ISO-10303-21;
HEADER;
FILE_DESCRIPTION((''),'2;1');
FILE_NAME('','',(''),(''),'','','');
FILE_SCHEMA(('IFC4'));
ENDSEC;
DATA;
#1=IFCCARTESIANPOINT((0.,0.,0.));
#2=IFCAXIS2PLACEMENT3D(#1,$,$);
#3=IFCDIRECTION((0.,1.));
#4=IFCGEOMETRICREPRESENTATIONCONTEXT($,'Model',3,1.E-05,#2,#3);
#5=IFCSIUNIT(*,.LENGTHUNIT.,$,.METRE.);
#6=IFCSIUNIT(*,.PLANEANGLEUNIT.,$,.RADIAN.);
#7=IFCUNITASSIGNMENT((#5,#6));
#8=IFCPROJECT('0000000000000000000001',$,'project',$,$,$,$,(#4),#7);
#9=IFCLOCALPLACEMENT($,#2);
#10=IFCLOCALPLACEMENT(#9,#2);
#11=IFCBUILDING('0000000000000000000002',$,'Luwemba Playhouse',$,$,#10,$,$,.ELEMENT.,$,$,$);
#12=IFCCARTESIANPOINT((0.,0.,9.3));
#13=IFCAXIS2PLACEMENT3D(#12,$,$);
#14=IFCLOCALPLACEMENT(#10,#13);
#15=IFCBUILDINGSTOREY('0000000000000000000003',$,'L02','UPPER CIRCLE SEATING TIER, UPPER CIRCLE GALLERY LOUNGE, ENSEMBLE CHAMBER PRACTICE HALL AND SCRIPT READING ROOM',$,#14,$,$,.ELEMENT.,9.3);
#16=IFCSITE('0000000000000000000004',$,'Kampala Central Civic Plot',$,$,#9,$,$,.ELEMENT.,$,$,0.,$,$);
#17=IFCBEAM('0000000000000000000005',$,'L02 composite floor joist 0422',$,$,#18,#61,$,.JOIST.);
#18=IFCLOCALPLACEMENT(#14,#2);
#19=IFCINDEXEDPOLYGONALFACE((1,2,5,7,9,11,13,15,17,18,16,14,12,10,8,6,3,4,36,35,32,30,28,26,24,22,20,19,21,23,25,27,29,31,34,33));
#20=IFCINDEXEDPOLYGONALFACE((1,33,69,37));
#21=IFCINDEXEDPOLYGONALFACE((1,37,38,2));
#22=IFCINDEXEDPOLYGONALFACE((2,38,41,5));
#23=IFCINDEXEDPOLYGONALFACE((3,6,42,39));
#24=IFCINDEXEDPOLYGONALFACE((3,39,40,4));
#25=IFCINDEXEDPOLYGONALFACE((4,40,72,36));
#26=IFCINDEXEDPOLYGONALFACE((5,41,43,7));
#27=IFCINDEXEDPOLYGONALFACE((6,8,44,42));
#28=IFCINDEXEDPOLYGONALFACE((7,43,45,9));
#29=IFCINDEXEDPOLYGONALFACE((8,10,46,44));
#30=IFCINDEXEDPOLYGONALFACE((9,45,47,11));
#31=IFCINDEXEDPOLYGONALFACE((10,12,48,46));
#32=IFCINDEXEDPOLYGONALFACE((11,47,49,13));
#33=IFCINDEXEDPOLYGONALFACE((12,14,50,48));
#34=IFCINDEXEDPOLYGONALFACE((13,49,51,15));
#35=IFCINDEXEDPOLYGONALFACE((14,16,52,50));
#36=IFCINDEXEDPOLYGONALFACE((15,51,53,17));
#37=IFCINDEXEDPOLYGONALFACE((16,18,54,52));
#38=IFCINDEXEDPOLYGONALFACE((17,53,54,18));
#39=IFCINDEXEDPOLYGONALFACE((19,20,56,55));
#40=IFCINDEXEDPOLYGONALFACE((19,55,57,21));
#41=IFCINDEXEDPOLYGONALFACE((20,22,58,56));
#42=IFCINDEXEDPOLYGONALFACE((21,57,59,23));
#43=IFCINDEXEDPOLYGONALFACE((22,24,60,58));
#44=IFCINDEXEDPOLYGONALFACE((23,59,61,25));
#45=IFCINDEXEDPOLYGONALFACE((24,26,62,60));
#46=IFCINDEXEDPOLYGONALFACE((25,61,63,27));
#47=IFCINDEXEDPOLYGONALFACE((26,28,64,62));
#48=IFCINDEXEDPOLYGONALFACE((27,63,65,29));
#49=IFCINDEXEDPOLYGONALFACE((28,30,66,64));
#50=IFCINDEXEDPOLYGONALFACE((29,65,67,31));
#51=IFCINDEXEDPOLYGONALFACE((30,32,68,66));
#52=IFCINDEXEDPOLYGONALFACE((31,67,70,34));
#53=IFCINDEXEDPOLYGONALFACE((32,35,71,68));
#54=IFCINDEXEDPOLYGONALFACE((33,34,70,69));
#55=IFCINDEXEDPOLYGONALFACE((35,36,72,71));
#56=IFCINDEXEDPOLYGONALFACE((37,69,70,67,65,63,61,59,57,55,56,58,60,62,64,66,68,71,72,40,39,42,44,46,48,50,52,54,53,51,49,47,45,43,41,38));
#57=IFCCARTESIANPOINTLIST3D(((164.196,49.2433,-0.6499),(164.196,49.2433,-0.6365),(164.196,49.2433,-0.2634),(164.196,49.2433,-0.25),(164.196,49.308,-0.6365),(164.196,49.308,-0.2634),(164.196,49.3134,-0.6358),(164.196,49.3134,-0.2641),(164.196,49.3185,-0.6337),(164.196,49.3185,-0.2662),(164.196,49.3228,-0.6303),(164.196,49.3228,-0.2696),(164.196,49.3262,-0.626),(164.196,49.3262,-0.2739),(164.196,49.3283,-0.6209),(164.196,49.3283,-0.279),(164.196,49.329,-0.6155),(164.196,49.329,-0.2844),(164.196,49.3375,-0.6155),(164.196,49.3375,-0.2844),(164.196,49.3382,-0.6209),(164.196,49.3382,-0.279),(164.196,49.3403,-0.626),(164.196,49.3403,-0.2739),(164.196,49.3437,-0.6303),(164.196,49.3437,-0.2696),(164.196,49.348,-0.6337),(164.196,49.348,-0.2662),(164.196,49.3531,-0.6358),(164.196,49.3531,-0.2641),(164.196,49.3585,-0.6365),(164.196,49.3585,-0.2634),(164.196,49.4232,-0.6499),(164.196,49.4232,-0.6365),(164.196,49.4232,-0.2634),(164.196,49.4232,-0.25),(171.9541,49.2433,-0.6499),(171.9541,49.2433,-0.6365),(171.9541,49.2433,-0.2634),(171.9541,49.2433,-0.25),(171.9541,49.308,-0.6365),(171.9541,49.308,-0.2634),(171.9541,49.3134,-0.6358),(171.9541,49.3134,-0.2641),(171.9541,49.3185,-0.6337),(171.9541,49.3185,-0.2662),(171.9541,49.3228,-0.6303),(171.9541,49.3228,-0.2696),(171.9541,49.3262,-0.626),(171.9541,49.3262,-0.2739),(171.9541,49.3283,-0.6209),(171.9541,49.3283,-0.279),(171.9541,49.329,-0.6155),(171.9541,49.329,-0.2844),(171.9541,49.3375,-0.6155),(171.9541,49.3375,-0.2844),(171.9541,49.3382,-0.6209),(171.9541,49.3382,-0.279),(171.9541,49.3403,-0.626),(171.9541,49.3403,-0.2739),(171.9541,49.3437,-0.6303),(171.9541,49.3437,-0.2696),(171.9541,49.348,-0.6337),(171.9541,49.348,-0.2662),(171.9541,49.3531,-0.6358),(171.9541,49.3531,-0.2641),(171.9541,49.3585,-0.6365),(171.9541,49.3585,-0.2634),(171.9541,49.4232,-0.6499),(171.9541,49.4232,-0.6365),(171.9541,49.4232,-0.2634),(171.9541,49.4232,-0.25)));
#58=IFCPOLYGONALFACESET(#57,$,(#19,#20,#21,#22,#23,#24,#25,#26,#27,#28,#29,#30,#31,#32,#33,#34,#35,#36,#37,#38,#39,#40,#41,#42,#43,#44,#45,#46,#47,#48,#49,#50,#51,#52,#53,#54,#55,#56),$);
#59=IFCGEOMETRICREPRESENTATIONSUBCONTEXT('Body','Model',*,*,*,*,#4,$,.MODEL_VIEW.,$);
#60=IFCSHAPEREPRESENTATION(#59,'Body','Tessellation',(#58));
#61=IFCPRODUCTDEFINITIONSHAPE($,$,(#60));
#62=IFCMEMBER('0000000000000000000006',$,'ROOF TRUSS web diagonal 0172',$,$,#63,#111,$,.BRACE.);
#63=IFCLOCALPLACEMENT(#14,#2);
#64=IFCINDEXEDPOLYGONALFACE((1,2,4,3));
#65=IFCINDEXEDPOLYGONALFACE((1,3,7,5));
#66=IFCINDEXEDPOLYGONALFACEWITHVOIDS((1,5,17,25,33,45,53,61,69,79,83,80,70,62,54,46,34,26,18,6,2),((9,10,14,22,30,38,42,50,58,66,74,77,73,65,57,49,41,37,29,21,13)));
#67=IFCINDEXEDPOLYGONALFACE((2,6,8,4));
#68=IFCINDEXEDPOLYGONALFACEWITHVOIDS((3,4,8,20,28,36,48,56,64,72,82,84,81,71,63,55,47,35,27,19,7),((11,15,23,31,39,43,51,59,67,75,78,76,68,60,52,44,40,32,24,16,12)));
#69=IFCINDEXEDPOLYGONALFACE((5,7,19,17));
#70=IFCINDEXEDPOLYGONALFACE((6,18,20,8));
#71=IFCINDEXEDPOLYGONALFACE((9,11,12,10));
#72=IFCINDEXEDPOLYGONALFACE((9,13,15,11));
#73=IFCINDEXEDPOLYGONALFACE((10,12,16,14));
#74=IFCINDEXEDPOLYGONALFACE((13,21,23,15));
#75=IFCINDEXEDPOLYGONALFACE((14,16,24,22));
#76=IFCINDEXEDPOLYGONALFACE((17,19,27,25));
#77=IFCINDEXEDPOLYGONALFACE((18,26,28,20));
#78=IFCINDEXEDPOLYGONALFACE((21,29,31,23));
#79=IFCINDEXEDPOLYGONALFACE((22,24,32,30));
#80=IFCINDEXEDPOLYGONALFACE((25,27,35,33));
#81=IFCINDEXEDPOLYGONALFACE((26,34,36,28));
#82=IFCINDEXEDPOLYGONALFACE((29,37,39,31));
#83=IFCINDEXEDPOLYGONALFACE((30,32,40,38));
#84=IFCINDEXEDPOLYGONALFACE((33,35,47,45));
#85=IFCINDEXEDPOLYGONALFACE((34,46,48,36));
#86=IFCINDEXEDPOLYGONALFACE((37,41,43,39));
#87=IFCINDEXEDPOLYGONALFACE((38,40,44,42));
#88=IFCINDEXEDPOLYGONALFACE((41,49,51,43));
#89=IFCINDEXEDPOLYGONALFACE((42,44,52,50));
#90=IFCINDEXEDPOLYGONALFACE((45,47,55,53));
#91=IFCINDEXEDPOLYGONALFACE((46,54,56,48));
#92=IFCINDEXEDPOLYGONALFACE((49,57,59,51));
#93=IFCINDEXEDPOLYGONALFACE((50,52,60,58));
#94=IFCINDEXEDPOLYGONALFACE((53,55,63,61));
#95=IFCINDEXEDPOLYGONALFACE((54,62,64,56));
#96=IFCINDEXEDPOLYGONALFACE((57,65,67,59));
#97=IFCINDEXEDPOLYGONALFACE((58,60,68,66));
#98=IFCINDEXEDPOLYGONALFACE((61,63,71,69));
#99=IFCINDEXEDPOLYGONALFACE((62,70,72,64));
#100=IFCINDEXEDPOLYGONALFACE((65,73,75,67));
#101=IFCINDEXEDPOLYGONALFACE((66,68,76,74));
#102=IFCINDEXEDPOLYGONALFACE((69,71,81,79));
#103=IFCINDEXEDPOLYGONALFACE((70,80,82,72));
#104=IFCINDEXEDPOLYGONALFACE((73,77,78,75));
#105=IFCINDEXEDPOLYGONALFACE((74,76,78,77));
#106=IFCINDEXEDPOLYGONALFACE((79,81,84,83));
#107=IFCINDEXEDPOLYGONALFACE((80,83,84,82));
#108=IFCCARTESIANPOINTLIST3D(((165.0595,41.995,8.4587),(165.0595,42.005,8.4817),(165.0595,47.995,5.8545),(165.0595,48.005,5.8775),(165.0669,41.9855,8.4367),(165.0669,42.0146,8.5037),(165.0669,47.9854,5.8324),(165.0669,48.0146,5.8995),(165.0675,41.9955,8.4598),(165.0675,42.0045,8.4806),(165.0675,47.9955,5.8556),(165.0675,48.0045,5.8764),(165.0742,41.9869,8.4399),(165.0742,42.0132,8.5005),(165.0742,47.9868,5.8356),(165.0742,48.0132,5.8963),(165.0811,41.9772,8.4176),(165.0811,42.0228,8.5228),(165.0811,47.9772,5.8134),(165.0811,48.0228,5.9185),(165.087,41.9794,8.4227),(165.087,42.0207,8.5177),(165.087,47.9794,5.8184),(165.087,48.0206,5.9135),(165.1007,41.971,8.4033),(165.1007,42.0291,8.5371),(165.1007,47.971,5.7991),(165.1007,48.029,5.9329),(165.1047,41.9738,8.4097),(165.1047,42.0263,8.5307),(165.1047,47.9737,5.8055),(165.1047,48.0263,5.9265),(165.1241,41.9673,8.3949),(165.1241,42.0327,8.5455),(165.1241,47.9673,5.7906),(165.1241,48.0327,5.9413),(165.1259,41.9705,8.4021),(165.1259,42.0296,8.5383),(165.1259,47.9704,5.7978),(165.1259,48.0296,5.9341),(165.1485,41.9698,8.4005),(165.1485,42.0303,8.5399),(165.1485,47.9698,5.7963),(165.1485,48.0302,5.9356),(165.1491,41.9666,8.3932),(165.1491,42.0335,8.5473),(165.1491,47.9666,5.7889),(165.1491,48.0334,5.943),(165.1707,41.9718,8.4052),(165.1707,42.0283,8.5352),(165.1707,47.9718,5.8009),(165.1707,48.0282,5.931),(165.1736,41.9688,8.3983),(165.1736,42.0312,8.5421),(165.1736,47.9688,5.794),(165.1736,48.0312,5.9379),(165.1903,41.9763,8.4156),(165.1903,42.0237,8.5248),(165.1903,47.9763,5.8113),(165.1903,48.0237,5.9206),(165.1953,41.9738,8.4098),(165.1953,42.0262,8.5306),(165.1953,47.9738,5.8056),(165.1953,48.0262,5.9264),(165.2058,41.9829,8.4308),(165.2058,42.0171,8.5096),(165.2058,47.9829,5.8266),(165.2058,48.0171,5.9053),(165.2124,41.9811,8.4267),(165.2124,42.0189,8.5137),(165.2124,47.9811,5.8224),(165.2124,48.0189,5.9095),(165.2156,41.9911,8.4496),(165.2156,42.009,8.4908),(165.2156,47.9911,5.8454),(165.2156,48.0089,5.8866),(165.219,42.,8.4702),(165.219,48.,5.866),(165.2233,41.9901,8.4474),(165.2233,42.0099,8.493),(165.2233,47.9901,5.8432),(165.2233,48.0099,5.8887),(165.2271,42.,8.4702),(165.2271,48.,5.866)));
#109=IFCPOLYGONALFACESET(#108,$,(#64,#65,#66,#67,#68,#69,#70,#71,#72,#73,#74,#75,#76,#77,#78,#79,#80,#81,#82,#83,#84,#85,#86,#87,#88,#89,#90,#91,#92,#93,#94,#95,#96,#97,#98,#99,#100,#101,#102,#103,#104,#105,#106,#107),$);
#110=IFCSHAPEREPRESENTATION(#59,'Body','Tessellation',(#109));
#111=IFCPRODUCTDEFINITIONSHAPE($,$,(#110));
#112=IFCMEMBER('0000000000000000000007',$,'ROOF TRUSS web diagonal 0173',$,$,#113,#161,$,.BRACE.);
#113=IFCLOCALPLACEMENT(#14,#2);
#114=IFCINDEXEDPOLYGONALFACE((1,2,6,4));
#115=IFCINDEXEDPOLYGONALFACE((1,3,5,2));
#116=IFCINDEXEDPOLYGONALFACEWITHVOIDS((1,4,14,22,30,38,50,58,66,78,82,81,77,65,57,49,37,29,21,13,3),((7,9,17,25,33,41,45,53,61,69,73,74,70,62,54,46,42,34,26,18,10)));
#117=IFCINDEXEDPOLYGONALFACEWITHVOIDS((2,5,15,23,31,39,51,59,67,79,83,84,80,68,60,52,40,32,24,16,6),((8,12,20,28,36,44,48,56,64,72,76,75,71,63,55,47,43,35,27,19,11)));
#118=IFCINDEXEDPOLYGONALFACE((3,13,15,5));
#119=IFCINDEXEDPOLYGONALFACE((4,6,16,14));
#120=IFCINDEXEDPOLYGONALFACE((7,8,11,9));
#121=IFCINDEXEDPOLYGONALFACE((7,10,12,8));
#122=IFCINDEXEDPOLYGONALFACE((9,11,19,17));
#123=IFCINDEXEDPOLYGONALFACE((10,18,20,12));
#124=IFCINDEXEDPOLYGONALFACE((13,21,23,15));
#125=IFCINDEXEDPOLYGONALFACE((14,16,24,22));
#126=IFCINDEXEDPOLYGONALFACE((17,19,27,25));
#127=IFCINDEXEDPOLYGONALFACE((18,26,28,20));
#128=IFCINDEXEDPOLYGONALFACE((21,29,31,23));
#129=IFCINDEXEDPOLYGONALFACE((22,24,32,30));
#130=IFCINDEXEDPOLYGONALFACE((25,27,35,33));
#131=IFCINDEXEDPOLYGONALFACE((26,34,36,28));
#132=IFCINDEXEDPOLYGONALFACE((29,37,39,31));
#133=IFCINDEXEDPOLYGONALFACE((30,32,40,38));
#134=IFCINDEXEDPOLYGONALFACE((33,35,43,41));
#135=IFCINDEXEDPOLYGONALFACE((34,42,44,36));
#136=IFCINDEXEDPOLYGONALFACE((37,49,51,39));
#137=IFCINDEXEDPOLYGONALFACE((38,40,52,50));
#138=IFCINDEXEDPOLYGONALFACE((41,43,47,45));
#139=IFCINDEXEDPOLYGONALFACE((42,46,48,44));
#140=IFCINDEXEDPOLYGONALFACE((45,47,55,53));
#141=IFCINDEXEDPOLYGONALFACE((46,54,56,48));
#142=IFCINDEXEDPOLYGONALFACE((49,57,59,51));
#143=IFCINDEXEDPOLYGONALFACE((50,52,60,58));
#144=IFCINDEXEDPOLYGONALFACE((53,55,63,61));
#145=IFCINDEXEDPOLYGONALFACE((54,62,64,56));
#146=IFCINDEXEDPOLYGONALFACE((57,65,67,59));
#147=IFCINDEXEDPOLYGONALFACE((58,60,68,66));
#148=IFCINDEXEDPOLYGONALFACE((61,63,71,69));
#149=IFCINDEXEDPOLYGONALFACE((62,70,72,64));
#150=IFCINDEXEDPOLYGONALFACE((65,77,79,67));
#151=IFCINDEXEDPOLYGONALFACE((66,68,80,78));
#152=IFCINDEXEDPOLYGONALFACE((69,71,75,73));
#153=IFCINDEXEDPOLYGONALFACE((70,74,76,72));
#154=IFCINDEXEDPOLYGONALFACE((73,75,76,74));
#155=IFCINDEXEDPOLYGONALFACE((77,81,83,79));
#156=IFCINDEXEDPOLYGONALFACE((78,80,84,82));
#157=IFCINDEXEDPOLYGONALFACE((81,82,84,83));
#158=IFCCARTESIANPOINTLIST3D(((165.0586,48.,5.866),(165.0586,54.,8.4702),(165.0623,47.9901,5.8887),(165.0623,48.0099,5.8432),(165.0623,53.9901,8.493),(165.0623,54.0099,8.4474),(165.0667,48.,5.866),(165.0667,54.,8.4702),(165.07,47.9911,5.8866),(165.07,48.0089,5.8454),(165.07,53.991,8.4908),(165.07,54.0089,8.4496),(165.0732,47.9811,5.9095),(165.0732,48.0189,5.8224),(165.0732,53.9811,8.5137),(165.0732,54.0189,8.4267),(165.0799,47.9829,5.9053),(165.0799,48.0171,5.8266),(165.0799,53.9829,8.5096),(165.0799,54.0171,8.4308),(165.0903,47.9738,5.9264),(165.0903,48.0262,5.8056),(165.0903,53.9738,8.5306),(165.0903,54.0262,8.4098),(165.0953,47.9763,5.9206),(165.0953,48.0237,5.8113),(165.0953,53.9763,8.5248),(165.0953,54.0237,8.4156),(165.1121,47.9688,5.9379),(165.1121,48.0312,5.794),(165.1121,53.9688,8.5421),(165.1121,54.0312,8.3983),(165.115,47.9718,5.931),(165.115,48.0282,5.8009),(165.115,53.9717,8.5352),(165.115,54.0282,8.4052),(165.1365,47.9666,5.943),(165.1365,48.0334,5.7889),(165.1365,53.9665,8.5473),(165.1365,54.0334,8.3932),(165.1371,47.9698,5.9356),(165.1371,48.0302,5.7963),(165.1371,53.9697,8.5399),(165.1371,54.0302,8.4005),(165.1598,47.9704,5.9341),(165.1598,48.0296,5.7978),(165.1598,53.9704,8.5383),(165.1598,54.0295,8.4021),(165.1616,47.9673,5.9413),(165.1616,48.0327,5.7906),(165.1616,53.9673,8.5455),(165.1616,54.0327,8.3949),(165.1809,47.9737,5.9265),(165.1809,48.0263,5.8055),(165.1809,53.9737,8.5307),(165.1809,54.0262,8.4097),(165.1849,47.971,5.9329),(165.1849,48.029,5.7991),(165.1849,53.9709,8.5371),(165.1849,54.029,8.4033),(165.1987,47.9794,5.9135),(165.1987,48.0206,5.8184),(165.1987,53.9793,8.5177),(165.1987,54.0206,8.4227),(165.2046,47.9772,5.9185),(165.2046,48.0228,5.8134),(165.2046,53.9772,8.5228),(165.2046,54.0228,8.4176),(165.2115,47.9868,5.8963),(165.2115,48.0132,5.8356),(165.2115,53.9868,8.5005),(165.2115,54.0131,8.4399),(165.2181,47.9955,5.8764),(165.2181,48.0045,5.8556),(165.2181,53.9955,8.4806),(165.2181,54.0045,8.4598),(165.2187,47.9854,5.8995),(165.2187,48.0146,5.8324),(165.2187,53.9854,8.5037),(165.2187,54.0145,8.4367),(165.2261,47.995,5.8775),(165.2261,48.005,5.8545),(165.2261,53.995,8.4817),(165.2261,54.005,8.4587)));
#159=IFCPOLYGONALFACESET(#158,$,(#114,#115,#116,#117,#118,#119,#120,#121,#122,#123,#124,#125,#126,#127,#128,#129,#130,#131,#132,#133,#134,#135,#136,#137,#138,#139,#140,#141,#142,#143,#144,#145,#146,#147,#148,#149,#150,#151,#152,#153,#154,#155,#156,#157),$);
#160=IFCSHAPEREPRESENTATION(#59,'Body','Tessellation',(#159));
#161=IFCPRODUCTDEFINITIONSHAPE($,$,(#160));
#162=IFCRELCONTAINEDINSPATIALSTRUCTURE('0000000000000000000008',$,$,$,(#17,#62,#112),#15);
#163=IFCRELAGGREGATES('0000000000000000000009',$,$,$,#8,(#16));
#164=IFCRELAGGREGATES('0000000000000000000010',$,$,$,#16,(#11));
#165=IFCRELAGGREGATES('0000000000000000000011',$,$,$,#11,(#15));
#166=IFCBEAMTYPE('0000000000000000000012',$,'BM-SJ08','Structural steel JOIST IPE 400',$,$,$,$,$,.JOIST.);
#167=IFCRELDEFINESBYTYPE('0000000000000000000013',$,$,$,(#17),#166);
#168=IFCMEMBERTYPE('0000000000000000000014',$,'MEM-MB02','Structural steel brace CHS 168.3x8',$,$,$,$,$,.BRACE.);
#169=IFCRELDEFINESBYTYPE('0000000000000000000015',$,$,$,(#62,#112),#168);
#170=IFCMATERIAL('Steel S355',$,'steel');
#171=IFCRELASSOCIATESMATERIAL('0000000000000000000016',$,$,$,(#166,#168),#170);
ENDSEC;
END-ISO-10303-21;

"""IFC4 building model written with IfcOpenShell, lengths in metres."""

from ifc_helpers import new_model, si_unit, direction, frame, origin, origin_2d, place, context, subcontext, project, spatial, hollow_circle, i_section, extrude, material, material_profile, profile_set, type_object, element, save


model = new_model("IFC4")

# Units and contexts
model_context = context("Model", 3, precision=1e-05, world=origin(), true_north=direction((0.0, 1.0)))
body_context = subcontext(model_context, "Body", "Model", "MODEL_VIEW")
ifc_project = project(units=[si_unit("LENGTHUNIT", "METRE"), si_unit("PLANEANGLEUNIT", "RADIAN")], contexts=[model_context])

# Site, building, storey
site_placement = place(None, origin())
site = spatial("IfcSite", under=ifc_project, at=site_placement, Name="Kampala Central Civic Plot", CompositionType="ELEMENT", RefElevation=0.0)
building_placement = place(site_placement, origin())
building = spatial("IfcBuilding", under=site, at=building_placement, Name="Luwemba Playhouse", CompositionType="ELEMENT")
storey_placement = place(building_placement, frame((0.0, 0.0, 9.3)))
storey = spatial("IfcBuildingStorey", under=building, at=storey_placement, Name="L02", Description="UPPER CIRCLE SEATING TIER, UPPER CIRCLE GALLERY LOUNGE, ENSEMBLE CHAMBER PRACTICE HALL AND SCRIPT READING ROOM", CompositionType="ELEMENT", Elevation=9.3)

# Beam
ifc_material_1 = material(Name="Steel S355", Category="steel")
ifc_material_profile_1 = material_profile(ifc_material_1, i_section(OverallWidth=0.1799, OverallDepth=0.3999, WebThickness=0.0085, FlangeThickness=0.0134, FilletRadius=0.021, at=origin_2d()))
ifc_profile_set_1 = profile_set([ifc_material_profile_1], Name="Steel S355")
beam_type_1 = type_object("IfcBeamType", Name="BM-SJ08", Description="Structural steel JOIST IPE 400", PredefinedType="JOIST", material=ifc_profile_set_1)
beam_1_placement = place(storey_placement, frame((164.196, 49.3333, -0.45), z_axis=(1.0, 0.0, 0.0), x_axis=(0.0, 1.0, 0.0)))
element("IfcBeam", 1, at=beam_1_placement, inside=storey, type_object=beam_type_1, Name="L02 composite floor joist 0422", PredefinedType="JOIST", context=body_context, shape_type="SweptSolid", body=[
    extrude(i_section(OverallWidth=0.1799, OverallDepth=0.3999, WebThickness=0.0085, FlangeThickness=0.0134, FilletRadius=0.021, at=origin_2d()), origin(), (0.0, 0.0, 1.0), 7.7581),
])

# Members
ifc_material_profile_2 = material_profile(ifc_material_1, hollow_circle(Radius=0.0842, WallThickness=0.0081, at=origin_2d()))
ifc_profile_set_2 = profile_set([ifc_material_profile_2], Name="Steel S355")
member_type_1 = type_object("IfcMemberType", Name="MEM-MB02", Description="Structural steel brace CHS 168.3x8", PredefinedType="BRACE", material=ifc_profile_set_2)
for number, where, z_axis, x_axis, name in (
    (2, (165.1428, 48.0, 5.866), (0.0, -0.917319, 0.398154), (1.0, 0.0, 0.0), "ROOF TRUSS web diagonal 0172"),
    (3, (165.1428, 48.0, 5.866), (0.0, 0.917319, 0.398154), (-1.0, 0.0, 0.0), "ROOF TRUSS web diagonal 0173"),
):
    element("IfcMember", number, at=place(storey_placement, frame(where, z_axis=z_axis, x_axis=x_axis)), inside=storey, type_object=member_type_1, Name=name, PredefinedType="BRACE", context=body_context, shape_type="SweptSolid", body=[
        extrude(hollow_circle(Radius=0.0842, WallThickness=0.0081, at=origin_2d()), origin(), (0.0, 0.0, 1.0), 6.5408),
    ])

save(model, "model.ifc")
